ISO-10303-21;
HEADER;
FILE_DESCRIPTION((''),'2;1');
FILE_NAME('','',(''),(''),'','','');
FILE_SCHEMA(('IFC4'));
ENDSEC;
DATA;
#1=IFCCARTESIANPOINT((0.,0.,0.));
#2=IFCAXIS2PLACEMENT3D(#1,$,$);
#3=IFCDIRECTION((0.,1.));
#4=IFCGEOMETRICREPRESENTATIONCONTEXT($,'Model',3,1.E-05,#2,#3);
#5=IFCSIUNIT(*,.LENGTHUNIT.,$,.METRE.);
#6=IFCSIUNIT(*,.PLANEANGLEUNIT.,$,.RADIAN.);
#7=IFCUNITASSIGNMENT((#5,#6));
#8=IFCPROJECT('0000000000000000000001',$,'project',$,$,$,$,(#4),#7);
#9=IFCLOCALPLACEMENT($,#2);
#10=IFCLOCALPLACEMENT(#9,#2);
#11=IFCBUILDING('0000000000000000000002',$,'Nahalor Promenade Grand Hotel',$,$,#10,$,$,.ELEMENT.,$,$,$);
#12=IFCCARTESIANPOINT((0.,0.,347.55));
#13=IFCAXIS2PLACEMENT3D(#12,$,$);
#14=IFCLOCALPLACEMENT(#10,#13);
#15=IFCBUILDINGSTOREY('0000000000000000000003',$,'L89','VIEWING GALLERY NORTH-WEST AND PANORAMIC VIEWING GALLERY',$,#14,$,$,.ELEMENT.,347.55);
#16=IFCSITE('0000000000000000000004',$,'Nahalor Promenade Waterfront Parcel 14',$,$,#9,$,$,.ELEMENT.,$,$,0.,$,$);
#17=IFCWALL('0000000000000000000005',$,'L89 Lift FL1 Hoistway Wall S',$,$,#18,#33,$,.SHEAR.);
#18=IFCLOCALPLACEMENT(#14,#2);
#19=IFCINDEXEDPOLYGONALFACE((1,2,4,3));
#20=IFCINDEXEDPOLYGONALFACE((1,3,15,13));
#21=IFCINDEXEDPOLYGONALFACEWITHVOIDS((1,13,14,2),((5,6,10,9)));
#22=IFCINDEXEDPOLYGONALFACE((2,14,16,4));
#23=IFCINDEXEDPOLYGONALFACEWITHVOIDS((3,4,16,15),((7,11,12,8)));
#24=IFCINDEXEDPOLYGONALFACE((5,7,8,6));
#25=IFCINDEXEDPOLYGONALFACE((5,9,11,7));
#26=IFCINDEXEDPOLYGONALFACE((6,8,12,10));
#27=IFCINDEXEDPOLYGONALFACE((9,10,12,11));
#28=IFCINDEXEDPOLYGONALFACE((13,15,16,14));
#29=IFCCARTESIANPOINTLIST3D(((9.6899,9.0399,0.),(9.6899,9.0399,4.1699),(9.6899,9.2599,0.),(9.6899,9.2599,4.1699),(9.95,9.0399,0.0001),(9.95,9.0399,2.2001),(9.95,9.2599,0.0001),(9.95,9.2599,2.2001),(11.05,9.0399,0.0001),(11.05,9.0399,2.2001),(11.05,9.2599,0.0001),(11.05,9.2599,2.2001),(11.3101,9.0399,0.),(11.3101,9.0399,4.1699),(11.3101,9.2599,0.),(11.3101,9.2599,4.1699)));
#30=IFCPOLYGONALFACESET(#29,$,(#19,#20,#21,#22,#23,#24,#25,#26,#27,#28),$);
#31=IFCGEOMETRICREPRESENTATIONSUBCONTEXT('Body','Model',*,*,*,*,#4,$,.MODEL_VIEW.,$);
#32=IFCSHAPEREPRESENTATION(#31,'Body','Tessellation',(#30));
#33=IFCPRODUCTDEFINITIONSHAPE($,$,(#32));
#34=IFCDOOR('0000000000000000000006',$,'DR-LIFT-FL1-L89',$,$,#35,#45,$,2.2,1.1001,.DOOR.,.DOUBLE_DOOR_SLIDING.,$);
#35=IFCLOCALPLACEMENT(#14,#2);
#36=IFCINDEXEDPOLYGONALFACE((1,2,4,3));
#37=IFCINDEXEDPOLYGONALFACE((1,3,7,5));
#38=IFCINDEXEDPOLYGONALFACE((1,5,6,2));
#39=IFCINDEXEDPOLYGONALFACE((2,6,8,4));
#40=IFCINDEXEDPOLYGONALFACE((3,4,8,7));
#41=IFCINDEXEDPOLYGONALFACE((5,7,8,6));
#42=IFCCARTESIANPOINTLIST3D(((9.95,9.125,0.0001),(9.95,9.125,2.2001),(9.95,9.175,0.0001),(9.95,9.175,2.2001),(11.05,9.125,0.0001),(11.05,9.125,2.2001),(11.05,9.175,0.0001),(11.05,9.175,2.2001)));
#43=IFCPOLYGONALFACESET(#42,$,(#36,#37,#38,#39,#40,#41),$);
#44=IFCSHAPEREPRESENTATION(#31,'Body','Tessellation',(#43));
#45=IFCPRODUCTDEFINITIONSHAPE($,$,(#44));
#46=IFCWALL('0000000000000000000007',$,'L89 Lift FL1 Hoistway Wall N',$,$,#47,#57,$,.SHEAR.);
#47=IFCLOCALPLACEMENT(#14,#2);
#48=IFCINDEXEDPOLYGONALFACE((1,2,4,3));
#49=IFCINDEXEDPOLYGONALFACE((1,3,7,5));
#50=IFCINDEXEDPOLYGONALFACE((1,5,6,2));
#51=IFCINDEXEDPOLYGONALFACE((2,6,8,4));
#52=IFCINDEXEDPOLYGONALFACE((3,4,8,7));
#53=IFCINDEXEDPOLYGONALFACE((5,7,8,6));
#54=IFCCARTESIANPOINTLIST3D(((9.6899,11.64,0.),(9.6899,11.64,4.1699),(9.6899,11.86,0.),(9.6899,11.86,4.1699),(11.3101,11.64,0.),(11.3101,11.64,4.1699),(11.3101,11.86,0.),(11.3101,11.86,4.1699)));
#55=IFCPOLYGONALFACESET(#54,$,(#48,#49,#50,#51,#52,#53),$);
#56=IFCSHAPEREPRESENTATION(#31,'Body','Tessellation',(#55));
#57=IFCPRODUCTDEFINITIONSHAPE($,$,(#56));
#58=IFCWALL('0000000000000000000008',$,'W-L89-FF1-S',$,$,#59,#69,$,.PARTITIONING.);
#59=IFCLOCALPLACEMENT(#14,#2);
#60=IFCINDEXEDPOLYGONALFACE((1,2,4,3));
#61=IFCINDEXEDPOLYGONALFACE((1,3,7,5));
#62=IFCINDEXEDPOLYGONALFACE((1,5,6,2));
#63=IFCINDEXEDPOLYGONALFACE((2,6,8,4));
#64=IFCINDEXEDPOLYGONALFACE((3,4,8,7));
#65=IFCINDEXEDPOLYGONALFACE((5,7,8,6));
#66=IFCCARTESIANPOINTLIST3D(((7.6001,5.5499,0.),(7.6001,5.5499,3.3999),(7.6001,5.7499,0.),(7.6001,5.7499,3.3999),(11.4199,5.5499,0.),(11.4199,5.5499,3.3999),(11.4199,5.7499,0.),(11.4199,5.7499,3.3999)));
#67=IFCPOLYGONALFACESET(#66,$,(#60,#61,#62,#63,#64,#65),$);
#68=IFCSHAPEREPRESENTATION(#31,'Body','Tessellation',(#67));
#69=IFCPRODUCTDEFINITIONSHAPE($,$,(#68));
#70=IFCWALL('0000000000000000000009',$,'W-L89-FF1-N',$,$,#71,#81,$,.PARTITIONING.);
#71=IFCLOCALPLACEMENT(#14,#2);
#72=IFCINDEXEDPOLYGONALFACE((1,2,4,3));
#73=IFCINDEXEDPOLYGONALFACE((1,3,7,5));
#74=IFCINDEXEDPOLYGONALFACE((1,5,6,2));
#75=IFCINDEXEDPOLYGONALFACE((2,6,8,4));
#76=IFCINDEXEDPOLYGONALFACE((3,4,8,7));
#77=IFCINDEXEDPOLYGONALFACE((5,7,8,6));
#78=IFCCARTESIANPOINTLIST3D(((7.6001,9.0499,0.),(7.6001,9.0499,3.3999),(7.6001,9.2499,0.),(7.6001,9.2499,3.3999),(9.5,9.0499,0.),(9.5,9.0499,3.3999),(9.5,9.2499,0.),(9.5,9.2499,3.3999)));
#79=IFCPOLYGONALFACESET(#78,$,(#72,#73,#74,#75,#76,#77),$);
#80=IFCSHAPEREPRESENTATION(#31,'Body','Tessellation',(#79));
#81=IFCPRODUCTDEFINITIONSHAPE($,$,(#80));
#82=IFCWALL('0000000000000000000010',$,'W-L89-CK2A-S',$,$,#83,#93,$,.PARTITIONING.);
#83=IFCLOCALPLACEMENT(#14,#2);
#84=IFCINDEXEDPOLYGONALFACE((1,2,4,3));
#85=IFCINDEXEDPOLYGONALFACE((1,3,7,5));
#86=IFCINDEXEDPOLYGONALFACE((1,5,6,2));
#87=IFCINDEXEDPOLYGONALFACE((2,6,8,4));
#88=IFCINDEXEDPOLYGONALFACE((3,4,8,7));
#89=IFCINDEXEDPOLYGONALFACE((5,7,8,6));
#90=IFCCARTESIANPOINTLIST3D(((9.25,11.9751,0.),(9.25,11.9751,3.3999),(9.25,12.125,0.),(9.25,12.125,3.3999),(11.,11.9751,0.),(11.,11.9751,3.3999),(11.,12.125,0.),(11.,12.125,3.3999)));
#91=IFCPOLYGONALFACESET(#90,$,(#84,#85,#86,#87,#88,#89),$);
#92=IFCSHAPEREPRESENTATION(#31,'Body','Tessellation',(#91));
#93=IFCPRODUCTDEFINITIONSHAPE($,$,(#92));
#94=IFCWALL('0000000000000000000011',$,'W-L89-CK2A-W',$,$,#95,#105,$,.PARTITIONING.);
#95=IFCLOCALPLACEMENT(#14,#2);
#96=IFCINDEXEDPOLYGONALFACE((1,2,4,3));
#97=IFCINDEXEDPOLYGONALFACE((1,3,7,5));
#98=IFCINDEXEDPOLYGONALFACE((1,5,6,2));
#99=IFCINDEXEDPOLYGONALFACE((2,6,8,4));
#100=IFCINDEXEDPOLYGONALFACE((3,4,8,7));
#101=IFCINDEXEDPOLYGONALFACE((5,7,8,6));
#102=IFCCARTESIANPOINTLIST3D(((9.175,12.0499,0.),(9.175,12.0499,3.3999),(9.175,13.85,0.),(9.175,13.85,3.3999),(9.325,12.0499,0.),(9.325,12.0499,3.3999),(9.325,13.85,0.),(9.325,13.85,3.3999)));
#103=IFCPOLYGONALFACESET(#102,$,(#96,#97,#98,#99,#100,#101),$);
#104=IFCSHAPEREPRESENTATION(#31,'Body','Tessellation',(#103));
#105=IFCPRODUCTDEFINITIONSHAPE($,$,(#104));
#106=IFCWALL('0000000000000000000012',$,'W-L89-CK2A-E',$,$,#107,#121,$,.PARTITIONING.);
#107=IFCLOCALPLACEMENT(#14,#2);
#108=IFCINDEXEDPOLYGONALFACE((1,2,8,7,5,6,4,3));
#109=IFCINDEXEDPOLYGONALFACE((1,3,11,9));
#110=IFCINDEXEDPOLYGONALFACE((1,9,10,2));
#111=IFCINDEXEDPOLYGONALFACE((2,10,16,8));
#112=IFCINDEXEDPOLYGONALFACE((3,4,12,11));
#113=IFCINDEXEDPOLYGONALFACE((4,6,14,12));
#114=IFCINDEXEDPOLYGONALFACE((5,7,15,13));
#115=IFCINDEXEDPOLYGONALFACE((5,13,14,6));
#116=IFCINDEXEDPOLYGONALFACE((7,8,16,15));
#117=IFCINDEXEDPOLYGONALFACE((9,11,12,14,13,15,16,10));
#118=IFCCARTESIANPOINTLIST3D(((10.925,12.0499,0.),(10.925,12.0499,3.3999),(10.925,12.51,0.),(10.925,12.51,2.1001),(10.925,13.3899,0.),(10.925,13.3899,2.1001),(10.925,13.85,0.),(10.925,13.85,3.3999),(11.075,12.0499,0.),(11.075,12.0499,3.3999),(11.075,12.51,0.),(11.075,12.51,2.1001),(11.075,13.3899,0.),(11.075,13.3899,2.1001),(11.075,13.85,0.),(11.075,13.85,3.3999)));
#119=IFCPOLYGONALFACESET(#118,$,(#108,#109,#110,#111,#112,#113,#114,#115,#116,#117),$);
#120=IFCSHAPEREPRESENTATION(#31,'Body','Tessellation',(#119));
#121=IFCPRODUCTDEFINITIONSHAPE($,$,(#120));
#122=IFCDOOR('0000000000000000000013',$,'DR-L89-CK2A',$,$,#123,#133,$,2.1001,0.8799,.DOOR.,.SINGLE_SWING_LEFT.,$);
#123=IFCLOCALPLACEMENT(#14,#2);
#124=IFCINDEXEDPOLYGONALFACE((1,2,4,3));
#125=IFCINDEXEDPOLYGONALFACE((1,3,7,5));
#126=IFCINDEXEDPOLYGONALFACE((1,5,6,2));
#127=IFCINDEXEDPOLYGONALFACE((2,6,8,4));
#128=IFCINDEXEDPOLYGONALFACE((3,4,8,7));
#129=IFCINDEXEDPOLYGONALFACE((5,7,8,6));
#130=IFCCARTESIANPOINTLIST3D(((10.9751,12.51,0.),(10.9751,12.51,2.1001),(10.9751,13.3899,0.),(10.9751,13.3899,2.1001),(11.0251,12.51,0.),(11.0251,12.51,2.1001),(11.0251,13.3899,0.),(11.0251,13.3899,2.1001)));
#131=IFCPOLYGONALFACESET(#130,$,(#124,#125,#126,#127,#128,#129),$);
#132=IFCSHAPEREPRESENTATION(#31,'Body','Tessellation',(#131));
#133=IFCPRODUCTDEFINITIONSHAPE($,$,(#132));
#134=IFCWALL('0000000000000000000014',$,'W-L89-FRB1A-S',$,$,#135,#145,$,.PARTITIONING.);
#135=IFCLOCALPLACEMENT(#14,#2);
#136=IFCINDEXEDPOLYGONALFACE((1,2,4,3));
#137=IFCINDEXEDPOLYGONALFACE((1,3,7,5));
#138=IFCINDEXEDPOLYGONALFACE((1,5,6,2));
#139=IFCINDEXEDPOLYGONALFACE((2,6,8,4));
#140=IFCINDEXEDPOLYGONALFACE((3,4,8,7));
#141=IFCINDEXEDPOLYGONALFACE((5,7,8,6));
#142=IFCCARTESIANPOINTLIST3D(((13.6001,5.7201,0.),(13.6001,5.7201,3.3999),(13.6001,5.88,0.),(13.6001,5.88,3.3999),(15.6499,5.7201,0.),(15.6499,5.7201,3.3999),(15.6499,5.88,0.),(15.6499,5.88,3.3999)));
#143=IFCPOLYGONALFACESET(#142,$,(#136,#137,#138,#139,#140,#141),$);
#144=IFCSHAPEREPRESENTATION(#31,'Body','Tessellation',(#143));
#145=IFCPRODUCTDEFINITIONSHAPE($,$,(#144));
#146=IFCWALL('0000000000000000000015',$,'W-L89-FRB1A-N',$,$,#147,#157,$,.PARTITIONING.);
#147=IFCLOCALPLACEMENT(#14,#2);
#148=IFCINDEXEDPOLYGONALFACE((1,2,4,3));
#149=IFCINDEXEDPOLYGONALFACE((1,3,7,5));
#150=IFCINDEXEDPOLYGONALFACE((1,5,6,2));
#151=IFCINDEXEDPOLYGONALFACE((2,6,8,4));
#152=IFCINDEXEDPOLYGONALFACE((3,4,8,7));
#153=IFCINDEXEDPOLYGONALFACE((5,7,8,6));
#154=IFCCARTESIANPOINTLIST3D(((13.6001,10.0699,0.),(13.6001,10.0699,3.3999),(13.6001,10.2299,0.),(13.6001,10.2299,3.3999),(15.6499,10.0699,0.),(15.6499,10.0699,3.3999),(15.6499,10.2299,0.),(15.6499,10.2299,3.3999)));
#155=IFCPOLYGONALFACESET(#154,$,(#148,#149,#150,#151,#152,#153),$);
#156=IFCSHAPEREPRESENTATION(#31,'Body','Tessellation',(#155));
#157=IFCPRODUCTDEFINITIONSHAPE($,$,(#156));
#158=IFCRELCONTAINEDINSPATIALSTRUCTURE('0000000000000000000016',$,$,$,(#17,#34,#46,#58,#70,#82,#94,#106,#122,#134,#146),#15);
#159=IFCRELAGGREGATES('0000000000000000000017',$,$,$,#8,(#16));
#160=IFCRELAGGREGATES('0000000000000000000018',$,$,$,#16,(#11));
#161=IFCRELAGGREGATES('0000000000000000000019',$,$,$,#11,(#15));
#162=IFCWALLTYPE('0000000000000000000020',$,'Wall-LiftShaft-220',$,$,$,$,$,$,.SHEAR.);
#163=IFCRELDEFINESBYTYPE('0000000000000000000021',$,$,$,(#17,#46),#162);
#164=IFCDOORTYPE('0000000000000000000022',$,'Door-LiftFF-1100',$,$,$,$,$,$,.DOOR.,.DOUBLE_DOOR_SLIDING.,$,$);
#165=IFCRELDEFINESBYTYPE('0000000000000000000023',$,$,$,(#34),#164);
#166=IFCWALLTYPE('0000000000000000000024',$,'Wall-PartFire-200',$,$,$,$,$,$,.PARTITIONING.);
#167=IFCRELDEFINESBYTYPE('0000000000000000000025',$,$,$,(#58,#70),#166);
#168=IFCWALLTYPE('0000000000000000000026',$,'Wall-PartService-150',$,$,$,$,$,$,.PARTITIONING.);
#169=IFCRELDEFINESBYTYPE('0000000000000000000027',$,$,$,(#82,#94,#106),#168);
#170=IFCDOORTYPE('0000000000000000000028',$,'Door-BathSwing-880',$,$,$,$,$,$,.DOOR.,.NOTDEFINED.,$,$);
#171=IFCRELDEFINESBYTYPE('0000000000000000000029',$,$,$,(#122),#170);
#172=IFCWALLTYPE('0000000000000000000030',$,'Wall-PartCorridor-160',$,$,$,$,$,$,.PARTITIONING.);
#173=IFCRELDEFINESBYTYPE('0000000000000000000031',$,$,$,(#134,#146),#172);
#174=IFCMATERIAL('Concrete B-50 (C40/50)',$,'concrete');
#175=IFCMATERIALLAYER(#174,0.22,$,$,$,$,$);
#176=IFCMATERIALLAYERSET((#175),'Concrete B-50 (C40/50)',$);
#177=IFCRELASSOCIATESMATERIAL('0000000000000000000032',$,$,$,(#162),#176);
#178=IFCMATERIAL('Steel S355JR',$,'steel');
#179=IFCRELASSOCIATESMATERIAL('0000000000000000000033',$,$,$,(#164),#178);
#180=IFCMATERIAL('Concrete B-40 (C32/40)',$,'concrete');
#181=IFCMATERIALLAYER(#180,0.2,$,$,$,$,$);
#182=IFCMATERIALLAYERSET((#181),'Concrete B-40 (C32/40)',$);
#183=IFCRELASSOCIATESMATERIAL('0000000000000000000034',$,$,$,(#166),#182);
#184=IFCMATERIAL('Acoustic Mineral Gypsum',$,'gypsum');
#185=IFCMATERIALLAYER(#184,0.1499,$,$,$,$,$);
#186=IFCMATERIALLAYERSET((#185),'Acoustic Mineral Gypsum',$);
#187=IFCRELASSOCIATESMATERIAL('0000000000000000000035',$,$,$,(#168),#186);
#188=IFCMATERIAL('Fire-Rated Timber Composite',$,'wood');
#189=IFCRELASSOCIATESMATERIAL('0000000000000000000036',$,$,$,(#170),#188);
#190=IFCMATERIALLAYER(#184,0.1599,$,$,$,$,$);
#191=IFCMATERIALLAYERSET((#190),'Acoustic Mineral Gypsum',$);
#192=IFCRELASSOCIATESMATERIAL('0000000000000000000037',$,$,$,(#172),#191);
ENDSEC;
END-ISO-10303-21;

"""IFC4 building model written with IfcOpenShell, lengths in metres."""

from ifc_helpers import new_model, si_unit, direction, frame, frame_2d, origin, place, context, subcontext, project, spatial, rectangle, extrude, source, transform, mapped, material, layer, layer_set, type_object, element, fill, save


model = new_model("IFC4")

# Units and contexts
model_context = context("Model", 3, precision=1e-05, world=origin(), true_north=direction((0.0, 1.0)))
body_context = subcontext(model_context, "Body", "Model", "MODEL_VIEW")
ifc_project = project(units=[si_unit("LENGTHUNIT", "METRE"), si_unit("PLANEANGLEUNIT", "RADIAN")], contexts=[model_context])

# Site, building, storey
site_placement = place(None, origin())
site = spatial("IfcSite", under=ifc_project, at=site_placement, Name="Nahalor Promenade Waterfront Parcel 14", CompositionType="ELEMENT", RefElevation=0.0)
building_placement = place(site_placement, origin())
building = spatial("IfcBuilding", under=site, at=building_placement, Name="Nahalor Promenade Grand Hotel", CompositionType="ELEMENT")
storey_placement = place(building_placement, frame((0.0, 0.0, 347.55)))
storey = spatial("IfcBuildingStorey", under=building, at=storey_placement, Name="L89", Description="VIEWING GALLERY NORTH-WEST AND PANORAMIC VIEWING GALLERY", CompositionType="ELEMENT", Elevation=347.55)

# Shared definitions
ifc_material_1 = material(Name="Steel S355JR", Category="steel")

# Shared definitions
ifc_material_2 = material(Name="Concrete B-50 (C40/50)", Category="concrete")

# Shared definitions
ifc_layer_1 = layer(ifc_material_2, 0.22)
ifc_layer_set_1 = layer_set([ifc_layer_1], Name="Concrete B-50 (C40/50)")
wall_type_1 = type_object("IfcWallType", Name="Wall-LiftShaft-220", PredefinedType="SHEAR", material=ifc_layer_set_1)

# Wall, opening, door
shared_shape_1 = source(origin(), body_context, "Body", "SweptSolid", [
    extrude(rectangle(XDim=1.6201, YDim=0.22, at=frame_2d((0.8101, 0.0))), origin(), (0.0, 0.0, 1.0), 4.1699),
])
wall_1_placement = place(storey_placement, frame((9.6899, 9.1499, 0.0), z_axis=(0.0, 0.0, 1.0), x_axis=(1.0, 0.0, 0.0)))
wall_1 = element("IfcWall", 1, at=wall_1_placement, inside=storey, type_object=wall_type_1, Name="L89 Lift FL1 Hoistway Wall S", PredefinedType="SHEAR", context=body_context, shape_type="MappedRepresentation", body=[
    mapped(shared_shape_1, transform((0.0, 0.0, 0.0), scale=1.0)),
])
opening_1_placement = place(wall_1_placement, frame((0.26, 0.0, 0.0)))
opening_1 = element("IfcOpeningElement", 2, at=opening_1_placement, cuts=wall_1, PredefinedType="OPENING", context=body_context, shape_type="SweptSolid", body=[
    extrude(rectangle(XDim=1.1001, YDim=2.2, at=frame_2d((0.55, 1.1001))), frame((0.0, 0.1199, 0.0), z_axis=(0.0, -1.0, 0.0), x_axis=(1.0, 0.0, 0.0)), (0.0, 0.0, 1.0), 0.24),
])
door_type_1 = type_object("IfcDoorType", Name="Door-LiftFF-1100", OperationType="DOUBLE_DOOR_SLIDING", PredefinedType="DOOR", material=ifc_material_1)
shared_shape_2 = source(origin(), body_context, "Body", "SweptSolid", [
    extrude(rectangle(XDim=1.1001, YDim=2.2, at=frame_2d((0.55, 1.1001))), frame((0.0, 0.0249, 0.0), z_axis=(0.0, -1.0, 0.0), x_axis=(1.0, 0.0, 0.0)), (0.0, 0.0, 1.0), 0.05),
])
door_1_placement = place(opening_1_placement, frame((1.1001, 0.0, 0.0), z_axis=(0.0, 0.0, 1.0), x_axis=(-1.0, 0.0, 0.0)))
door_1 = element("IfcDoor", 3, at=door_1_placement, inside=storey, type_object=door_type_1, Name="DR-LIFT-FL1-L89", OperationType="DOUBLE_DOOR_SLIDING", OverallHeight=2.2, OverallWidth=1.1001, PredefinedType="DOOR", context=body_context, shape_type="MappedRepresentation", body=[
    mapped(shared_shape_2, transform((0.0, 0.0, 0.0), scale=1.0)),
])
fill(opening_1, door_1)

# Walls
wall_2_placement = place(storey_placement, frame((9.6899, 11.75, 0.0), z_axis=(0.0, 0.0, 1.0), x_axis=(1.0, 0.0, 0.0)))
element("IfcWall", 4, at=wall_2_placement, inside=storey, type_object=wall_type_1, Name="L89 Lift FL1 Hoistway Wall N", PredefinedType="SHEAR", context=body_context, shape_type="MappedRepresentation", body=[
    mapped(shared_shape_1, transform((0.0, 0.0, 0.0), scale=1.0)),
])
ifc_material_3 = material(Name="Concrete B-40 (C32/40)", Category="concrete")
ifc_layer_2 = layer(ifc_material_3, 0.2)
ifc_layer_set_2 = layer_set([ifc_layer_2], Name="Concrete B-40 (C32/40)")
wall_type_2 = type_object("IfcWallType", Name="Wall-PartFire-200", PredefinedType="PARTITIONING", material=ifc_layer_set_2)
shared_shape_3 = source(origin(), body_context, "Body", "SweptSolid", [
    extrude(rectangle(XDim=3.8198, YDim=0.2, at=frame_2d((1.9099, 0.0))), origin(), (0.0, 0.0, 1.0), 3.3999),
])
wall_3_placement = place(storey_placement, frame((7.6001, 5.6499, 0.0), z_axis=(0.0, 0.0, 1.0), x_axis=(1.0, 0.0, 0.0)))
element("IfcWall", 5, at=wall_3_placement, inside=storey, type_object=wall_type_2, Name="W-L89-FF1-S", PredefinedType="PARTITIONING", context=body_context, shape_type="MappedRepresentation", body=[
    mapped(shared_shape_3, transform((0.0, 0.0, 0.0), scale=1.0)),
])
shared_shape_4 = source(origin(), body_context, "Body", "SweptSolid", [
    extrude(rectangle(XDim=1.8999, YDim=0.2, at=frame_2d((0.95, 0.0))), origin(), (0.0, 0.0, 1.0), 3.3999),
])
wall_4_placement = place(storey_placement, frame((7.6001, 9.1499, 0.0), z_axis=(0.0, 0.0, 1.0), x_axis=(1.0, 0.0, 0.0)))
element("IfcWall", 6, at=wall_4_placement, inside=storey, type_object=wall_type_2, Name="W-L89-FF1-N", PredefinedType="PARTITIONING", context=body_context, shape_type="MappedRepresentation", body=[
    mapped(shared_shape_4, transform((0.0, 0.0, 0.0), scale=1.0)),
])

# Walls
ifc_material_4 = material(Name="Acoustic Mineral Gypsum", Category="gypsum")
ifc_layer_3 = layer(ifc_material_4, 0.1499)
ifc_layer_set_3 = layer_set([ifc_layer_3], Name="Acoustic Mineral Gypsum")
wall_type_3 = type_object("IfcWallType", Name="Wall-PartService-150", PredefinedType="PARTITIONING", material=ifc_layer_set_3)
shared_shape_5 = source(origin(), body_context, "Body", "SweptSolid", [
    extrude(rectangle(XDim=1.75, YDim=0.1499, at=frame_2d((0.875, 0.0))), origin(), (0.0, 0.0, 1.0), 3.3999),
])
wall_5_placement = place(storey_placement, frame((9.25, 12.05, 0.0), z_axis=(0.0, 0.0, 1.0), x_axis=(1.0, 0.0, 0.0)))
element("IfcWall", 7, at=wall_5_placement, inside=storey, type_object=wall_type_3, Name="W-L89-CK2A-S", PredefinedType="PARTITIONING", context=body_context, shape_type="MappedRepresentation", body=[
    mapped(shared_shape_5, transform((0.0, 0.0, 0.0), scale=1.0)),
])
shared_shape_6 = source(origin(), body_context, "Body", "SweptSolid", [
    extrude(rectangle(XDim=1.8, YDim=0.1499, at=frame_2d((0.8999, 0.0))), origin(), (0.0, 0.0, 1.0), 3.3999),
])
wall_6_placement = place(storey_placement, frame((9.25, 12.05, 0.0), z_axis=(0.0, 0.0, 1.0), x_axis=(0.0, 1.0, 0.0)))
element("IfcWall", 8, at=wall_6_placement, inside=storey, type_object=wall_type_3, Name="W-L89-CK2A-W", PredefinedType="PARTITIONING", context=body_context, shape_type="MappedRepresentation", body=[
    mapped(shared_shape_6, transform((0.0, 0.0, 0.0), scale=1.0)),
])

# Wall, opening, door
wall_7_placement = place(storey_placement, frame((11.0, 12.05, 0.0), z_axis=(0.0, 0.0, 1.0), x_axis=(0.0, 1.0, 0.0)))
wall_7 = element("IfcWall", 9, at=wall_7_placement, inside=storey, type_object=wall_type_3, Name="W-L89-CK2A-E", PredefinedType="PARTITIONING", context=body_context, shape_type="MappedRepresentation", body=[
    mapped(shared_shape_6, transform((0.0, 0.0, 0.0), scale=1.0)),
])
opening_2_placement = place(wall_7_placement, frame((0.46, 0.0, 0.0)))
opening_2 = element("IfcOpeningElement", 10, at=opening_2_placement, cuts=wall_7, PredefinedType="OPENING", context=body_context, shape_type="SweptSolid", body=[
    extrude(rectangle(XDim=0.8799, YDim=2.1001, at=frame_2d((0.4399, 1.05))), frame((0.0, 0.085, 0.0), z_axis=(0.0, -1.0, 0.0), x_axis=(1.0, 0.0, 0.0)), (0.0, 0.0, 1.0), 0.1699),
])
ifc_material_5 = material(Name="Fire-Rated Timber Composite", Category="wood")
door_type_2 = type_object("IfcDoorType", Name="Door-BathSwing-880", OperationType="NOTDEFINED", PredefinedType="DOOR", material=ifc_material_5)
shared_shape_7 = source(origin(), body_context, "Body", "SweptSolid", [
    extrude(rectangle(XDim=0.8799, YDim=2.1001, at=frame_2d((0.4399, 1.05))), frame((0.0, 0.0249, 0.0), z_axis=(0.0, -1.0, 0.0), x_axis=(1.0, 0.0, 0.0)), (0.0, 0.0, 1.0), 0.05),
])
door_2_placement = place(opening_2_placement, origin())
door_2 = element("IfcDoor", 11, at=door_2_placement, inside=storey, type_object=door_type_2, Name="DR-L89-CK2A", OperationType="SINGLE_SWING_LEFT", OverallHeight=2.1001, OverallWidth=0.8799, PredefinedType="DOOR", context=body_context, shape_type="MappedRepresentation", body=[
    mapped(shared_shape_7, transform((0.0, 0.0, 0.0), scale=1.0)),
])
fill(opening_2, door_2)

# Walls
ifc_layer_4 = layer(ifc_material_4, 0.1599)
ifc_layer_set_4 = layer_set([ifc_layer_4], Name="Acoustic Mineral Gypsum")
wall_type_4 = type_object("IfcWallType", Name="Wall-PartCorridor-160", PredefinedType="PARTITIONING", material=ifc_layer_set_4)
shared_shape_8 = source(origin(), body_context, "Body", "SweptSolid", [
    extrude(rectangle(XDim=2.0498, YDim=0.1599, at=frame_2d((1.0249, 0.0))), origin(), (0.0, 0.0, 1.0), 3.3999),
])
for number, where, z_axis, x_axis, name in (
    (12, (13.6001, 5.8, 0.0), (0.0, 0.0, 1.0), (1.0, 0.0, 0.0), "W-L89-FRB1A-S"),
    (13, (13.6001, 10.1499, 0.0), (0.0, 0.0, 1.0), (1.0, 0.0, 0.0), "W-L89-FRB1A-N"),
):
    element("IfcWall", number, at=place(storey_placement, frame(where, z_axis=z_axis, x_axis=x_axis)), inside=storey, type_object=wall_type_4, Name=name, PredefinedType="PARTITIONING", context=body_context, shape_type="MappedRepresentation", body=[
        mapped(shared_shape_8, transform((0.0, 0.0, 0.0), scale=1.0)),
    ])

save(model, "model.ifc")
